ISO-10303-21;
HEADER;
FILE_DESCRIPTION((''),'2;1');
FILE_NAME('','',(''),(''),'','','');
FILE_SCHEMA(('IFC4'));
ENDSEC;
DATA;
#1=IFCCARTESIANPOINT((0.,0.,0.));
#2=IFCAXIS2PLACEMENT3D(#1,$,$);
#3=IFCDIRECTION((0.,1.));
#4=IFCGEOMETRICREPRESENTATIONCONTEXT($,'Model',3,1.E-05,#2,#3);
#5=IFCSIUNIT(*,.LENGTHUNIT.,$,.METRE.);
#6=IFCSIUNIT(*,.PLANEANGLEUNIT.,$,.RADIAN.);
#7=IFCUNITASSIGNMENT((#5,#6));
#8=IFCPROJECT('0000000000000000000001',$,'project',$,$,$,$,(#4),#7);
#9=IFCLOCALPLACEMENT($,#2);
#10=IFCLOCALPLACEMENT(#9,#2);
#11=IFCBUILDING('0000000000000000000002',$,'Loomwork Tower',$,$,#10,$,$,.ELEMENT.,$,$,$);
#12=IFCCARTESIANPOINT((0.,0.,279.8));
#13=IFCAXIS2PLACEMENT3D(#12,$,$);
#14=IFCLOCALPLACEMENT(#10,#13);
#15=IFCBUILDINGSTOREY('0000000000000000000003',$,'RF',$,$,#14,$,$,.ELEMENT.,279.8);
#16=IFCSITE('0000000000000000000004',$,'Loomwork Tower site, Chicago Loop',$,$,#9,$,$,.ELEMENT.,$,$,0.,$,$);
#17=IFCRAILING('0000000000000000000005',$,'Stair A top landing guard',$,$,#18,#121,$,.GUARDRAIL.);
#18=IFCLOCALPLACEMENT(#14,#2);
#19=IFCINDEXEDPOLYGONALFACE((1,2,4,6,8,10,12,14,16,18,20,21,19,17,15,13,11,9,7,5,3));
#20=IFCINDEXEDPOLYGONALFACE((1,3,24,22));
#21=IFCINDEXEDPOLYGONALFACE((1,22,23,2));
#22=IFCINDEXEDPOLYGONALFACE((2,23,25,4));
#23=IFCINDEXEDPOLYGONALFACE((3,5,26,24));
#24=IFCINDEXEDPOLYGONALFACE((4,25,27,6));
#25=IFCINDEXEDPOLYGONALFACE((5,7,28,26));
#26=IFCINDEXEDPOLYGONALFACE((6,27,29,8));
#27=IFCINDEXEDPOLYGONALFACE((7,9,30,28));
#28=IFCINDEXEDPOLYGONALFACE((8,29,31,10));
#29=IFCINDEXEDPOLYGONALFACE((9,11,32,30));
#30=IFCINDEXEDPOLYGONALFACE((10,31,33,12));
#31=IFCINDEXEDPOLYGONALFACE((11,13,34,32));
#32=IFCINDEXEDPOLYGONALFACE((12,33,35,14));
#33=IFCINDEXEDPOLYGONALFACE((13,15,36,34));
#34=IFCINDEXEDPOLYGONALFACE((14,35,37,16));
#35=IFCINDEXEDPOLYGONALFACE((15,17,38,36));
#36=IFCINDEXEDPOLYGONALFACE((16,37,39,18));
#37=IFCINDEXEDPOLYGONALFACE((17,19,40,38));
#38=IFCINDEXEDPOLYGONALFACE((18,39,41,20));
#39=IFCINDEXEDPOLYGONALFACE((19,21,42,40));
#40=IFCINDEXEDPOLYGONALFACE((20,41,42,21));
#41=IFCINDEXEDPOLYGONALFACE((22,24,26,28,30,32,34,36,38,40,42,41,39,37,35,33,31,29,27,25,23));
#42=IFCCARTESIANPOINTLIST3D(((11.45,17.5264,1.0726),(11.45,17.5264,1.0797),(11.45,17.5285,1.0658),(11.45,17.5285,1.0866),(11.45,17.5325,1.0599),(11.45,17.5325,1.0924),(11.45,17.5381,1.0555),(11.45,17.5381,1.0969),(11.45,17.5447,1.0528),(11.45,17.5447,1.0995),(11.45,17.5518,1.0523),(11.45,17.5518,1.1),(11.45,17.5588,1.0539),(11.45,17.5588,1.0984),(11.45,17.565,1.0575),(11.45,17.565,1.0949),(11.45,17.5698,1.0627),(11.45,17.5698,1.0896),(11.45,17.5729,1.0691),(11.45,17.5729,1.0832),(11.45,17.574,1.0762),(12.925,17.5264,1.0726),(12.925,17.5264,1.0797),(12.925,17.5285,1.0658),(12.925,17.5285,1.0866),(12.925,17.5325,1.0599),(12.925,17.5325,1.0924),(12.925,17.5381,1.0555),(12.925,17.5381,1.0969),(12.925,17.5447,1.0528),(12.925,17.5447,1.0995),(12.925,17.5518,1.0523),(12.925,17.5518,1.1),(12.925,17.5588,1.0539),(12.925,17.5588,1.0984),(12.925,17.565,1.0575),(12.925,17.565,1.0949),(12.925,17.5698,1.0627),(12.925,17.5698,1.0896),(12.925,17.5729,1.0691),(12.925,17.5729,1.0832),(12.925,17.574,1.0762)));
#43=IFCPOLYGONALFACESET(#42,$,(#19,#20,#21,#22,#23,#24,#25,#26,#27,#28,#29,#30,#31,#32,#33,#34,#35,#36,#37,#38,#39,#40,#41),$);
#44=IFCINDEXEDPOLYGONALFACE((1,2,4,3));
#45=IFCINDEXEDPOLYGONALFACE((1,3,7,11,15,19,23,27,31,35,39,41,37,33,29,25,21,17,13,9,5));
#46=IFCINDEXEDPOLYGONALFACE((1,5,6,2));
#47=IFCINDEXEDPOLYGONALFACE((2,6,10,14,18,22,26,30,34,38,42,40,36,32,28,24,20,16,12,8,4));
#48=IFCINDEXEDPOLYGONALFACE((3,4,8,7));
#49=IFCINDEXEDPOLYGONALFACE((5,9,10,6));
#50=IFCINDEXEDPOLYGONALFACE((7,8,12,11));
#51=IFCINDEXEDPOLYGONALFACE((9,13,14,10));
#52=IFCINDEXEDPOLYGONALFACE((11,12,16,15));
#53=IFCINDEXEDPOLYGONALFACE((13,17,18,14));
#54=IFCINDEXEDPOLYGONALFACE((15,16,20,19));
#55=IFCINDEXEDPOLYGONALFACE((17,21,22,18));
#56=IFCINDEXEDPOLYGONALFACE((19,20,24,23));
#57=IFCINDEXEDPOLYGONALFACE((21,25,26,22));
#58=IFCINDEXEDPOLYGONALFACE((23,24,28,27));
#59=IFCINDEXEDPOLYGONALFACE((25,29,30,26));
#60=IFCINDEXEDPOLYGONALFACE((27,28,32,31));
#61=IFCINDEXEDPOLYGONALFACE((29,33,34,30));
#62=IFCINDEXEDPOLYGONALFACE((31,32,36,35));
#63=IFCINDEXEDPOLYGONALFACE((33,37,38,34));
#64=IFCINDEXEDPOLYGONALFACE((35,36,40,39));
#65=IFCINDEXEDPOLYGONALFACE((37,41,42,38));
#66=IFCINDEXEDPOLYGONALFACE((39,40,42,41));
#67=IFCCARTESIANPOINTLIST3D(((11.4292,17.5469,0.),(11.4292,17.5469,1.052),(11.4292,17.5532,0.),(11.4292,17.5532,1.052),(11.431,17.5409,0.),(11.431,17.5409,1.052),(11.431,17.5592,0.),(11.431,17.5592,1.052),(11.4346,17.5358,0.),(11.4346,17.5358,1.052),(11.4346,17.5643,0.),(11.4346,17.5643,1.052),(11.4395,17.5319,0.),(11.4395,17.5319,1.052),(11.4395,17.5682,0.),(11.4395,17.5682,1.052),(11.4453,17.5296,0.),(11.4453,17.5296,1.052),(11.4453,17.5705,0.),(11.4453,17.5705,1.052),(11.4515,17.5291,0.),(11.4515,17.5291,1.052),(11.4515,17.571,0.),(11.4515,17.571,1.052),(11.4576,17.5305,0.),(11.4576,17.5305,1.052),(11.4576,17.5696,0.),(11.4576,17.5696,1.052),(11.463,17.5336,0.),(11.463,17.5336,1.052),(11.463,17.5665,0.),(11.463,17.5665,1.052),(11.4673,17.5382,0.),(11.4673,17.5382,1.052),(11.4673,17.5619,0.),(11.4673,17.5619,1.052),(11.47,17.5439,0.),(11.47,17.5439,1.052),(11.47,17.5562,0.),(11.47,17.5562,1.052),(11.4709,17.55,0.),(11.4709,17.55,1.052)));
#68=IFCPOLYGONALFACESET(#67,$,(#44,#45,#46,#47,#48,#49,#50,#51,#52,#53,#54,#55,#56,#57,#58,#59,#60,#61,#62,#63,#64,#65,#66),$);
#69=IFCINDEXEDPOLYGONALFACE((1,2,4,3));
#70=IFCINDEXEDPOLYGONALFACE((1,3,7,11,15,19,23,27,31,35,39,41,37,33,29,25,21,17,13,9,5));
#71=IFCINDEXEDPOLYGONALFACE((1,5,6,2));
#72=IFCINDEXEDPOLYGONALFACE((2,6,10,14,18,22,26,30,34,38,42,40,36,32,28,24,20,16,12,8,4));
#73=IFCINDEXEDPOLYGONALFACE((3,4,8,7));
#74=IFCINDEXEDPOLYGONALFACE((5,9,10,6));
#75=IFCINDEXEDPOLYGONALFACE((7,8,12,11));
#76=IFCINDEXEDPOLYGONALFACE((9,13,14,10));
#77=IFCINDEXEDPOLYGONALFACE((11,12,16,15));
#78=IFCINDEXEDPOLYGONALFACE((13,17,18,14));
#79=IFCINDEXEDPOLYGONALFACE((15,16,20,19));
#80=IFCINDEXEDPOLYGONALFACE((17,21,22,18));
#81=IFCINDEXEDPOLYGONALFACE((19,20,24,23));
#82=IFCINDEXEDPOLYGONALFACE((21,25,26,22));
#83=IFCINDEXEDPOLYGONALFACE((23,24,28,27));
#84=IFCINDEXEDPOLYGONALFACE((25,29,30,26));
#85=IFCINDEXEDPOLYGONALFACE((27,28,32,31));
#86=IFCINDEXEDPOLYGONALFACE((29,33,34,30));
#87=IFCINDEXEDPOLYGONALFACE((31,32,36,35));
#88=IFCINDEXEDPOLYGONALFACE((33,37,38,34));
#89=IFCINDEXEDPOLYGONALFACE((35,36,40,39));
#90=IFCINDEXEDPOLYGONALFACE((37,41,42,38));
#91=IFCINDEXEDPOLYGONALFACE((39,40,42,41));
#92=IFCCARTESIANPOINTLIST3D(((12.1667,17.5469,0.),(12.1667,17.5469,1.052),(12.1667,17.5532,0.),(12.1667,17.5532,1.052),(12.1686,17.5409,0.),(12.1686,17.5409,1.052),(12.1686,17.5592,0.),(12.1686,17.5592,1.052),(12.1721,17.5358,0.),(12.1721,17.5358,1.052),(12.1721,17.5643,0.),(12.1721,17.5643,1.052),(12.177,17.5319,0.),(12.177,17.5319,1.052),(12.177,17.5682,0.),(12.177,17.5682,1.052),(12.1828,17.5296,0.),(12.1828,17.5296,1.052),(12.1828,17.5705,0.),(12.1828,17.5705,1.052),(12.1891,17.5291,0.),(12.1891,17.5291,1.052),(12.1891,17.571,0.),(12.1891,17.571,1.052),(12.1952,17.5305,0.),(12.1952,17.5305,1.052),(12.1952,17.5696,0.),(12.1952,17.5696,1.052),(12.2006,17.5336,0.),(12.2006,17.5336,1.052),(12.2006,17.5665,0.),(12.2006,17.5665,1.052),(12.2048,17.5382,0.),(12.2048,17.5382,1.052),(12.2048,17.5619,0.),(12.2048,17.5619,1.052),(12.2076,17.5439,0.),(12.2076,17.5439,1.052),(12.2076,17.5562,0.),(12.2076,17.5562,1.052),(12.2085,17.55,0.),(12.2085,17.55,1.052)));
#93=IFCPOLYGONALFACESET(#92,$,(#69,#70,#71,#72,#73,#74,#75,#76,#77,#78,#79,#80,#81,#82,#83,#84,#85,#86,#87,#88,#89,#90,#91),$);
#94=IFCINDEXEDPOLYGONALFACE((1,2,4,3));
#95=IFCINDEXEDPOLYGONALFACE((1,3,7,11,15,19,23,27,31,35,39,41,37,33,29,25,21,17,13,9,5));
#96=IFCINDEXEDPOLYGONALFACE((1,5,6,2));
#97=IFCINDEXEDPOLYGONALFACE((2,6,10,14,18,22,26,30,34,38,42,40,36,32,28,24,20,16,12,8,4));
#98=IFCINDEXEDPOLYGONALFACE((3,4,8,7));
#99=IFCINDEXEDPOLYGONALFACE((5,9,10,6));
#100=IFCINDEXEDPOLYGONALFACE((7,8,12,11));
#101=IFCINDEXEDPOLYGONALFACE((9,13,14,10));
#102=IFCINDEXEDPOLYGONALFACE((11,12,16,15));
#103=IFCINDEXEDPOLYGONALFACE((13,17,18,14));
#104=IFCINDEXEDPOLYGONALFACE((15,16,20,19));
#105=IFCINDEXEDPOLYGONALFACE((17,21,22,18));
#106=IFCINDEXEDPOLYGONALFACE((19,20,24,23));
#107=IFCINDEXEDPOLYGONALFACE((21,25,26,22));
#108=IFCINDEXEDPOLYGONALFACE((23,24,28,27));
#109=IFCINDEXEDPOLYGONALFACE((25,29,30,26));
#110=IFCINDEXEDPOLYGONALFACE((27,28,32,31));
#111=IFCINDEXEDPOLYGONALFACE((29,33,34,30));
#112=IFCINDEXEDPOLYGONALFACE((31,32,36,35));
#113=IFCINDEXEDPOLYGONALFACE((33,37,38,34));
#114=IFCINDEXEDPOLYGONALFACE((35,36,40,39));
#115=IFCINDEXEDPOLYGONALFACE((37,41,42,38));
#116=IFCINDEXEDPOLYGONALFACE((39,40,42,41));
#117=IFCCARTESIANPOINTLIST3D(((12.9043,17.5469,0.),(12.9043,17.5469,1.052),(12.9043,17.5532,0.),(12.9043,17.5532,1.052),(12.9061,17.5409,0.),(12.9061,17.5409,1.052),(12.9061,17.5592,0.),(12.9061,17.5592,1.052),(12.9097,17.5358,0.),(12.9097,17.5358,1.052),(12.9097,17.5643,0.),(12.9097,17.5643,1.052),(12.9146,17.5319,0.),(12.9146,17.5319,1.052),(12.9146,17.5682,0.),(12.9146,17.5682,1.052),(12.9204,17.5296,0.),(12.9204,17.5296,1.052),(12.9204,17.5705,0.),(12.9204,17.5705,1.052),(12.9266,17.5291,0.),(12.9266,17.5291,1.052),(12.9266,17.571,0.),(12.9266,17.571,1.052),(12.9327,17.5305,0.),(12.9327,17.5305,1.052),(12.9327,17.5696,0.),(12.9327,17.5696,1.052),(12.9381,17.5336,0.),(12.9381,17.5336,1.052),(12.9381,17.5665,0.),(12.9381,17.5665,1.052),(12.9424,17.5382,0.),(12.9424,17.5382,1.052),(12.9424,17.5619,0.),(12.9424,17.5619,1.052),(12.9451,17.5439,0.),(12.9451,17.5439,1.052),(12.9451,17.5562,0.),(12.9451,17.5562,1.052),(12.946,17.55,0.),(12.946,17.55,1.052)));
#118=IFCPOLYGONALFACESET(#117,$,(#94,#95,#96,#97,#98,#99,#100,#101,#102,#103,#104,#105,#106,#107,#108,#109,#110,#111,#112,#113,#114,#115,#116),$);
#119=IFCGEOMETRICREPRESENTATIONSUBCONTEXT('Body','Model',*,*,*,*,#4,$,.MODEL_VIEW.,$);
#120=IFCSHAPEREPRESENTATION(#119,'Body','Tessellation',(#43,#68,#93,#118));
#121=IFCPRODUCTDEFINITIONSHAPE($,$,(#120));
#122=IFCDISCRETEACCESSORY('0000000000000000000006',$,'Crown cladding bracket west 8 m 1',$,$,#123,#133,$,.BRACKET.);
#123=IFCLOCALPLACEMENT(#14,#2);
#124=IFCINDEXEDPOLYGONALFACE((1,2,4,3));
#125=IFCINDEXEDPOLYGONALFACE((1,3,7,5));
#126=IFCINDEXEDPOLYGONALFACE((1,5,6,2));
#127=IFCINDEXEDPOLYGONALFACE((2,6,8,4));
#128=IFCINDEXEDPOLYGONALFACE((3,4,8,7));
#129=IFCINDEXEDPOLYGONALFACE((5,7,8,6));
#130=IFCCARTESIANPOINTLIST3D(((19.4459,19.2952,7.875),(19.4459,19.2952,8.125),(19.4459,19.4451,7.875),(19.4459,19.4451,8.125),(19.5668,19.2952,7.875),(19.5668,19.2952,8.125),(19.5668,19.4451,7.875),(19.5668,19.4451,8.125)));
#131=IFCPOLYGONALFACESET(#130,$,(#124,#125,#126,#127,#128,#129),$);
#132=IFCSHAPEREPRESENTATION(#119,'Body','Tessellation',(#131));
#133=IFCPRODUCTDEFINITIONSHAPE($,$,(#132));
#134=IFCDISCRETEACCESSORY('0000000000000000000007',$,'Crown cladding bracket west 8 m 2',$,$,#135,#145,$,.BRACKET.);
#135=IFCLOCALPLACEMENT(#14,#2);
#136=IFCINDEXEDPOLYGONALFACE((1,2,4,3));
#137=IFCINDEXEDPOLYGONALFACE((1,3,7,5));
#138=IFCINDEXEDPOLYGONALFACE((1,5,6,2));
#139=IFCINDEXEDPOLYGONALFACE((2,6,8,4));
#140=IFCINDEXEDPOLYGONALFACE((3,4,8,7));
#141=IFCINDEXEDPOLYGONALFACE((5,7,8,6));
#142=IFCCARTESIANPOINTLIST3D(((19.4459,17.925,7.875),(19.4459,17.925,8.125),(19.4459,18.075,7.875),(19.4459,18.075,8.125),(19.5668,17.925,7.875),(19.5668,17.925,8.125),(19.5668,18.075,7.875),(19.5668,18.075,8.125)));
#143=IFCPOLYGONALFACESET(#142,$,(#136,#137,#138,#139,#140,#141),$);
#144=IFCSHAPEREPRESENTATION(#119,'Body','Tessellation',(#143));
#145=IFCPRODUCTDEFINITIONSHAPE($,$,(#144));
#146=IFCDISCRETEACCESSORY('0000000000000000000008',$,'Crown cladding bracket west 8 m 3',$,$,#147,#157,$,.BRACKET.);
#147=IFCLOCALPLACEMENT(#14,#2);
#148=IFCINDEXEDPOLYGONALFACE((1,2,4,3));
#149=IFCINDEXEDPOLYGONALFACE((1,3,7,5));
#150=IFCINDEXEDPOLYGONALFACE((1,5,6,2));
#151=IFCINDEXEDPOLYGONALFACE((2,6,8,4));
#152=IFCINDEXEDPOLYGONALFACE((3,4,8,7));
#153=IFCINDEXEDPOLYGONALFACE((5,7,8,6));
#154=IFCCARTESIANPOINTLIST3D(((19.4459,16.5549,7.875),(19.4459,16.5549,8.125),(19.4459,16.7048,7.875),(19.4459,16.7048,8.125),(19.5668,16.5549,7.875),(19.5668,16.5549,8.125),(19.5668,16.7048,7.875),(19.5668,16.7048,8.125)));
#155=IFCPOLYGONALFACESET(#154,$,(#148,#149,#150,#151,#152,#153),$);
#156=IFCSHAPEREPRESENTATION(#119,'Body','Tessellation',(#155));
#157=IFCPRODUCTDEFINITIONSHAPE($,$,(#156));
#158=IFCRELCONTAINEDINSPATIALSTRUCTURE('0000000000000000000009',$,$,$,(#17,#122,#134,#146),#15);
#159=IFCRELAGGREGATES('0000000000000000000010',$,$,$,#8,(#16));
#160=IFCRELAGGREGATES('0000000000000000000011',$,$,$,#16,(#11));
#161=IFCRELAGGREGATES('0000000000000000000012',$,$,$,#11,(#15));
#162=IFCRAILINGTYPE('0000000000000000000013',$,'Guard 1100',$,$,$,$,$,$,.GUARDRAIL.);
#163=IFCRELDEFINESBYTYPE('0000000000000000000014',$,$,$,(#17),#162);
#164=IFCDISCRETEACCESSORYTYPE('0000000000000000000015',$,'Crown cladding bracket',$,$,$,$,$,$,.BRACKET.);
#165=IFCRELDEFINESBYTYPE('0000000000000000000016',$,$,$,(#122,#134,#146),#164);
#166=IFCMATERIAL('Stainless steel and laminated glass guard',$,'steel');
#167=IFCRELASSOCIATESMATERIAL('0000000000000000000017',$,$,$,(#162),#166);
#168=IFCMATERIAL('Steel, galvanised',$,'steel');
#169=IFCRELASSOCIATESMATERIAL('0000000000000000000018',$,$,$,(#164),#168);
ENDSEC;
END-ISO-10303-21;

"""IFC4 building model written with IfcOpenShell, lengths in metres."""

from ifc_helpers import new_model, si_unit, direction, frame, origin, origin_2d, place, context, subcontext, project, spatial, rectangle, circle, extrude, material, type_object, element, save


model = new_model("IFC4")

# Units and contexts
model_context = context("Model", 3, precision=1e-05, world=origin(), true_north=direction((0.0, 1.0)))
body_context = subcontext(model_context, "Body", "Model", "MODEL_VIEW")
ifc_project = project(units=[si_unit("LENGTHUNIT", "METRE"), si_unit("PLANEANGLEUNIT", "RADIAN")], contexts=[model_context])

# Site, building, storey
site_placement = place(None, origin())
site = spatial("IfcSite", under=ifc_project, at=site_placement, Name="Loomwork Tower site, Chicago Loop", CompositionType="ELEMENT", RefElevation=0.0)
building_placement = place(site_placement, origin())
building = spatial("IfcBuilding", under=site, at=building_placement, Name="Loomwork Tower", CompositionType="ELEMENT")
storey_placement = place(building_placement, frame((0.0, 0.0, 279.8)))
storey = spatial("IfcBuildingStorey", under=building, at=storey_placement, Name="RF", CompositionType="ELEMENT", Elevation=279.8)

# Railing
ifc_material_1 = material(Name="Stainless steel and laminated glass guard", Category="steel")
railing_type = type_object("IfcRailingType", Name="Guard 1100", PredefinedType="GUARDRAIL", material=ifc_material_1)
railing_placement = place(storey_placement, frame((11.45, 17.55, 0.0)))
element("IfcRailing", 1, at=railing_placement, inside=storey, type_object=railing_type, Name="Stair A top landing guard", PredefinedType="GUARDRAIL", context=body_context, shape_type="SweptSolid", body=[
    extrude(circle(Radius=0.0239, at=origin_2d()), frame((0.0, 0.0, 1.0762), z_axis=(1.0, 0.0, 0.0), x_axis=(0.0, 1.0, 0.0)), (0.0, 0.0, 1.0), 1.4751),
    extrude(circle(Radius=0.021, at=origin_2d()), origin(), (0.0, 0.0, 1.0), 1.052),
    extrude(circle(Radius=0.021, at=origin_2d()), frame((0.7375, 0.0, 0.0)), (0.0, 0.0, 1.0), 1.052),
    extrude(circle(Radius=0.021, at=origin_2d()), frame((1.4751, 0.0, 0.0)), (0.0, 0.0, 1.0), 1.052),
])

# Discrete accessories
ifc_material_2 = material(Name="Steel, galvanised", Category="steel")
discrete_accessory_type = type_object("IfcDiscreteAccessoryType", Name="Crown cladding bracket", PredefinedType="BRACKET", material=ifc_material_2)
for number, where, z_axis, x_axis, name in (
    (2, (19.5063, 19.3701, 7.875), (0.0, 0.0, 1.0), (1.0, 0.0, 0.0), "Crown cladding bracket west 8 m 1"),
    (3, (19.5063, 18.0, 7.875), (0.0, 0.0, 1.0), (1.0, 0.0, 0.0), "Crown cladding bracket west 8 m 2"),
    (4, (19.5063, 16.6299, 7.875), (0.0, 0.0, 1.0), (1.0, 0.0, 0.0), "Crown cladding bracket west 8 m 3"),
):
    element("IfcDiscreteAccessory", number, at=place(storey_placement, frame(where, z_axis=z_axis, x_axis=x_axis)), inside=storey, type_object=discrete_accessory_type, Name=name, PredefinedType="BRACKET", context=body_context, shape_type="SweptSolid", body=[
        extrude(rectangle(XDim=0.1208, YDim=0.1499, at=origin_2d()), origin(), (0.0, 0.0, 1.0), 0.25),
    ])

save(model, "model.ifc")
